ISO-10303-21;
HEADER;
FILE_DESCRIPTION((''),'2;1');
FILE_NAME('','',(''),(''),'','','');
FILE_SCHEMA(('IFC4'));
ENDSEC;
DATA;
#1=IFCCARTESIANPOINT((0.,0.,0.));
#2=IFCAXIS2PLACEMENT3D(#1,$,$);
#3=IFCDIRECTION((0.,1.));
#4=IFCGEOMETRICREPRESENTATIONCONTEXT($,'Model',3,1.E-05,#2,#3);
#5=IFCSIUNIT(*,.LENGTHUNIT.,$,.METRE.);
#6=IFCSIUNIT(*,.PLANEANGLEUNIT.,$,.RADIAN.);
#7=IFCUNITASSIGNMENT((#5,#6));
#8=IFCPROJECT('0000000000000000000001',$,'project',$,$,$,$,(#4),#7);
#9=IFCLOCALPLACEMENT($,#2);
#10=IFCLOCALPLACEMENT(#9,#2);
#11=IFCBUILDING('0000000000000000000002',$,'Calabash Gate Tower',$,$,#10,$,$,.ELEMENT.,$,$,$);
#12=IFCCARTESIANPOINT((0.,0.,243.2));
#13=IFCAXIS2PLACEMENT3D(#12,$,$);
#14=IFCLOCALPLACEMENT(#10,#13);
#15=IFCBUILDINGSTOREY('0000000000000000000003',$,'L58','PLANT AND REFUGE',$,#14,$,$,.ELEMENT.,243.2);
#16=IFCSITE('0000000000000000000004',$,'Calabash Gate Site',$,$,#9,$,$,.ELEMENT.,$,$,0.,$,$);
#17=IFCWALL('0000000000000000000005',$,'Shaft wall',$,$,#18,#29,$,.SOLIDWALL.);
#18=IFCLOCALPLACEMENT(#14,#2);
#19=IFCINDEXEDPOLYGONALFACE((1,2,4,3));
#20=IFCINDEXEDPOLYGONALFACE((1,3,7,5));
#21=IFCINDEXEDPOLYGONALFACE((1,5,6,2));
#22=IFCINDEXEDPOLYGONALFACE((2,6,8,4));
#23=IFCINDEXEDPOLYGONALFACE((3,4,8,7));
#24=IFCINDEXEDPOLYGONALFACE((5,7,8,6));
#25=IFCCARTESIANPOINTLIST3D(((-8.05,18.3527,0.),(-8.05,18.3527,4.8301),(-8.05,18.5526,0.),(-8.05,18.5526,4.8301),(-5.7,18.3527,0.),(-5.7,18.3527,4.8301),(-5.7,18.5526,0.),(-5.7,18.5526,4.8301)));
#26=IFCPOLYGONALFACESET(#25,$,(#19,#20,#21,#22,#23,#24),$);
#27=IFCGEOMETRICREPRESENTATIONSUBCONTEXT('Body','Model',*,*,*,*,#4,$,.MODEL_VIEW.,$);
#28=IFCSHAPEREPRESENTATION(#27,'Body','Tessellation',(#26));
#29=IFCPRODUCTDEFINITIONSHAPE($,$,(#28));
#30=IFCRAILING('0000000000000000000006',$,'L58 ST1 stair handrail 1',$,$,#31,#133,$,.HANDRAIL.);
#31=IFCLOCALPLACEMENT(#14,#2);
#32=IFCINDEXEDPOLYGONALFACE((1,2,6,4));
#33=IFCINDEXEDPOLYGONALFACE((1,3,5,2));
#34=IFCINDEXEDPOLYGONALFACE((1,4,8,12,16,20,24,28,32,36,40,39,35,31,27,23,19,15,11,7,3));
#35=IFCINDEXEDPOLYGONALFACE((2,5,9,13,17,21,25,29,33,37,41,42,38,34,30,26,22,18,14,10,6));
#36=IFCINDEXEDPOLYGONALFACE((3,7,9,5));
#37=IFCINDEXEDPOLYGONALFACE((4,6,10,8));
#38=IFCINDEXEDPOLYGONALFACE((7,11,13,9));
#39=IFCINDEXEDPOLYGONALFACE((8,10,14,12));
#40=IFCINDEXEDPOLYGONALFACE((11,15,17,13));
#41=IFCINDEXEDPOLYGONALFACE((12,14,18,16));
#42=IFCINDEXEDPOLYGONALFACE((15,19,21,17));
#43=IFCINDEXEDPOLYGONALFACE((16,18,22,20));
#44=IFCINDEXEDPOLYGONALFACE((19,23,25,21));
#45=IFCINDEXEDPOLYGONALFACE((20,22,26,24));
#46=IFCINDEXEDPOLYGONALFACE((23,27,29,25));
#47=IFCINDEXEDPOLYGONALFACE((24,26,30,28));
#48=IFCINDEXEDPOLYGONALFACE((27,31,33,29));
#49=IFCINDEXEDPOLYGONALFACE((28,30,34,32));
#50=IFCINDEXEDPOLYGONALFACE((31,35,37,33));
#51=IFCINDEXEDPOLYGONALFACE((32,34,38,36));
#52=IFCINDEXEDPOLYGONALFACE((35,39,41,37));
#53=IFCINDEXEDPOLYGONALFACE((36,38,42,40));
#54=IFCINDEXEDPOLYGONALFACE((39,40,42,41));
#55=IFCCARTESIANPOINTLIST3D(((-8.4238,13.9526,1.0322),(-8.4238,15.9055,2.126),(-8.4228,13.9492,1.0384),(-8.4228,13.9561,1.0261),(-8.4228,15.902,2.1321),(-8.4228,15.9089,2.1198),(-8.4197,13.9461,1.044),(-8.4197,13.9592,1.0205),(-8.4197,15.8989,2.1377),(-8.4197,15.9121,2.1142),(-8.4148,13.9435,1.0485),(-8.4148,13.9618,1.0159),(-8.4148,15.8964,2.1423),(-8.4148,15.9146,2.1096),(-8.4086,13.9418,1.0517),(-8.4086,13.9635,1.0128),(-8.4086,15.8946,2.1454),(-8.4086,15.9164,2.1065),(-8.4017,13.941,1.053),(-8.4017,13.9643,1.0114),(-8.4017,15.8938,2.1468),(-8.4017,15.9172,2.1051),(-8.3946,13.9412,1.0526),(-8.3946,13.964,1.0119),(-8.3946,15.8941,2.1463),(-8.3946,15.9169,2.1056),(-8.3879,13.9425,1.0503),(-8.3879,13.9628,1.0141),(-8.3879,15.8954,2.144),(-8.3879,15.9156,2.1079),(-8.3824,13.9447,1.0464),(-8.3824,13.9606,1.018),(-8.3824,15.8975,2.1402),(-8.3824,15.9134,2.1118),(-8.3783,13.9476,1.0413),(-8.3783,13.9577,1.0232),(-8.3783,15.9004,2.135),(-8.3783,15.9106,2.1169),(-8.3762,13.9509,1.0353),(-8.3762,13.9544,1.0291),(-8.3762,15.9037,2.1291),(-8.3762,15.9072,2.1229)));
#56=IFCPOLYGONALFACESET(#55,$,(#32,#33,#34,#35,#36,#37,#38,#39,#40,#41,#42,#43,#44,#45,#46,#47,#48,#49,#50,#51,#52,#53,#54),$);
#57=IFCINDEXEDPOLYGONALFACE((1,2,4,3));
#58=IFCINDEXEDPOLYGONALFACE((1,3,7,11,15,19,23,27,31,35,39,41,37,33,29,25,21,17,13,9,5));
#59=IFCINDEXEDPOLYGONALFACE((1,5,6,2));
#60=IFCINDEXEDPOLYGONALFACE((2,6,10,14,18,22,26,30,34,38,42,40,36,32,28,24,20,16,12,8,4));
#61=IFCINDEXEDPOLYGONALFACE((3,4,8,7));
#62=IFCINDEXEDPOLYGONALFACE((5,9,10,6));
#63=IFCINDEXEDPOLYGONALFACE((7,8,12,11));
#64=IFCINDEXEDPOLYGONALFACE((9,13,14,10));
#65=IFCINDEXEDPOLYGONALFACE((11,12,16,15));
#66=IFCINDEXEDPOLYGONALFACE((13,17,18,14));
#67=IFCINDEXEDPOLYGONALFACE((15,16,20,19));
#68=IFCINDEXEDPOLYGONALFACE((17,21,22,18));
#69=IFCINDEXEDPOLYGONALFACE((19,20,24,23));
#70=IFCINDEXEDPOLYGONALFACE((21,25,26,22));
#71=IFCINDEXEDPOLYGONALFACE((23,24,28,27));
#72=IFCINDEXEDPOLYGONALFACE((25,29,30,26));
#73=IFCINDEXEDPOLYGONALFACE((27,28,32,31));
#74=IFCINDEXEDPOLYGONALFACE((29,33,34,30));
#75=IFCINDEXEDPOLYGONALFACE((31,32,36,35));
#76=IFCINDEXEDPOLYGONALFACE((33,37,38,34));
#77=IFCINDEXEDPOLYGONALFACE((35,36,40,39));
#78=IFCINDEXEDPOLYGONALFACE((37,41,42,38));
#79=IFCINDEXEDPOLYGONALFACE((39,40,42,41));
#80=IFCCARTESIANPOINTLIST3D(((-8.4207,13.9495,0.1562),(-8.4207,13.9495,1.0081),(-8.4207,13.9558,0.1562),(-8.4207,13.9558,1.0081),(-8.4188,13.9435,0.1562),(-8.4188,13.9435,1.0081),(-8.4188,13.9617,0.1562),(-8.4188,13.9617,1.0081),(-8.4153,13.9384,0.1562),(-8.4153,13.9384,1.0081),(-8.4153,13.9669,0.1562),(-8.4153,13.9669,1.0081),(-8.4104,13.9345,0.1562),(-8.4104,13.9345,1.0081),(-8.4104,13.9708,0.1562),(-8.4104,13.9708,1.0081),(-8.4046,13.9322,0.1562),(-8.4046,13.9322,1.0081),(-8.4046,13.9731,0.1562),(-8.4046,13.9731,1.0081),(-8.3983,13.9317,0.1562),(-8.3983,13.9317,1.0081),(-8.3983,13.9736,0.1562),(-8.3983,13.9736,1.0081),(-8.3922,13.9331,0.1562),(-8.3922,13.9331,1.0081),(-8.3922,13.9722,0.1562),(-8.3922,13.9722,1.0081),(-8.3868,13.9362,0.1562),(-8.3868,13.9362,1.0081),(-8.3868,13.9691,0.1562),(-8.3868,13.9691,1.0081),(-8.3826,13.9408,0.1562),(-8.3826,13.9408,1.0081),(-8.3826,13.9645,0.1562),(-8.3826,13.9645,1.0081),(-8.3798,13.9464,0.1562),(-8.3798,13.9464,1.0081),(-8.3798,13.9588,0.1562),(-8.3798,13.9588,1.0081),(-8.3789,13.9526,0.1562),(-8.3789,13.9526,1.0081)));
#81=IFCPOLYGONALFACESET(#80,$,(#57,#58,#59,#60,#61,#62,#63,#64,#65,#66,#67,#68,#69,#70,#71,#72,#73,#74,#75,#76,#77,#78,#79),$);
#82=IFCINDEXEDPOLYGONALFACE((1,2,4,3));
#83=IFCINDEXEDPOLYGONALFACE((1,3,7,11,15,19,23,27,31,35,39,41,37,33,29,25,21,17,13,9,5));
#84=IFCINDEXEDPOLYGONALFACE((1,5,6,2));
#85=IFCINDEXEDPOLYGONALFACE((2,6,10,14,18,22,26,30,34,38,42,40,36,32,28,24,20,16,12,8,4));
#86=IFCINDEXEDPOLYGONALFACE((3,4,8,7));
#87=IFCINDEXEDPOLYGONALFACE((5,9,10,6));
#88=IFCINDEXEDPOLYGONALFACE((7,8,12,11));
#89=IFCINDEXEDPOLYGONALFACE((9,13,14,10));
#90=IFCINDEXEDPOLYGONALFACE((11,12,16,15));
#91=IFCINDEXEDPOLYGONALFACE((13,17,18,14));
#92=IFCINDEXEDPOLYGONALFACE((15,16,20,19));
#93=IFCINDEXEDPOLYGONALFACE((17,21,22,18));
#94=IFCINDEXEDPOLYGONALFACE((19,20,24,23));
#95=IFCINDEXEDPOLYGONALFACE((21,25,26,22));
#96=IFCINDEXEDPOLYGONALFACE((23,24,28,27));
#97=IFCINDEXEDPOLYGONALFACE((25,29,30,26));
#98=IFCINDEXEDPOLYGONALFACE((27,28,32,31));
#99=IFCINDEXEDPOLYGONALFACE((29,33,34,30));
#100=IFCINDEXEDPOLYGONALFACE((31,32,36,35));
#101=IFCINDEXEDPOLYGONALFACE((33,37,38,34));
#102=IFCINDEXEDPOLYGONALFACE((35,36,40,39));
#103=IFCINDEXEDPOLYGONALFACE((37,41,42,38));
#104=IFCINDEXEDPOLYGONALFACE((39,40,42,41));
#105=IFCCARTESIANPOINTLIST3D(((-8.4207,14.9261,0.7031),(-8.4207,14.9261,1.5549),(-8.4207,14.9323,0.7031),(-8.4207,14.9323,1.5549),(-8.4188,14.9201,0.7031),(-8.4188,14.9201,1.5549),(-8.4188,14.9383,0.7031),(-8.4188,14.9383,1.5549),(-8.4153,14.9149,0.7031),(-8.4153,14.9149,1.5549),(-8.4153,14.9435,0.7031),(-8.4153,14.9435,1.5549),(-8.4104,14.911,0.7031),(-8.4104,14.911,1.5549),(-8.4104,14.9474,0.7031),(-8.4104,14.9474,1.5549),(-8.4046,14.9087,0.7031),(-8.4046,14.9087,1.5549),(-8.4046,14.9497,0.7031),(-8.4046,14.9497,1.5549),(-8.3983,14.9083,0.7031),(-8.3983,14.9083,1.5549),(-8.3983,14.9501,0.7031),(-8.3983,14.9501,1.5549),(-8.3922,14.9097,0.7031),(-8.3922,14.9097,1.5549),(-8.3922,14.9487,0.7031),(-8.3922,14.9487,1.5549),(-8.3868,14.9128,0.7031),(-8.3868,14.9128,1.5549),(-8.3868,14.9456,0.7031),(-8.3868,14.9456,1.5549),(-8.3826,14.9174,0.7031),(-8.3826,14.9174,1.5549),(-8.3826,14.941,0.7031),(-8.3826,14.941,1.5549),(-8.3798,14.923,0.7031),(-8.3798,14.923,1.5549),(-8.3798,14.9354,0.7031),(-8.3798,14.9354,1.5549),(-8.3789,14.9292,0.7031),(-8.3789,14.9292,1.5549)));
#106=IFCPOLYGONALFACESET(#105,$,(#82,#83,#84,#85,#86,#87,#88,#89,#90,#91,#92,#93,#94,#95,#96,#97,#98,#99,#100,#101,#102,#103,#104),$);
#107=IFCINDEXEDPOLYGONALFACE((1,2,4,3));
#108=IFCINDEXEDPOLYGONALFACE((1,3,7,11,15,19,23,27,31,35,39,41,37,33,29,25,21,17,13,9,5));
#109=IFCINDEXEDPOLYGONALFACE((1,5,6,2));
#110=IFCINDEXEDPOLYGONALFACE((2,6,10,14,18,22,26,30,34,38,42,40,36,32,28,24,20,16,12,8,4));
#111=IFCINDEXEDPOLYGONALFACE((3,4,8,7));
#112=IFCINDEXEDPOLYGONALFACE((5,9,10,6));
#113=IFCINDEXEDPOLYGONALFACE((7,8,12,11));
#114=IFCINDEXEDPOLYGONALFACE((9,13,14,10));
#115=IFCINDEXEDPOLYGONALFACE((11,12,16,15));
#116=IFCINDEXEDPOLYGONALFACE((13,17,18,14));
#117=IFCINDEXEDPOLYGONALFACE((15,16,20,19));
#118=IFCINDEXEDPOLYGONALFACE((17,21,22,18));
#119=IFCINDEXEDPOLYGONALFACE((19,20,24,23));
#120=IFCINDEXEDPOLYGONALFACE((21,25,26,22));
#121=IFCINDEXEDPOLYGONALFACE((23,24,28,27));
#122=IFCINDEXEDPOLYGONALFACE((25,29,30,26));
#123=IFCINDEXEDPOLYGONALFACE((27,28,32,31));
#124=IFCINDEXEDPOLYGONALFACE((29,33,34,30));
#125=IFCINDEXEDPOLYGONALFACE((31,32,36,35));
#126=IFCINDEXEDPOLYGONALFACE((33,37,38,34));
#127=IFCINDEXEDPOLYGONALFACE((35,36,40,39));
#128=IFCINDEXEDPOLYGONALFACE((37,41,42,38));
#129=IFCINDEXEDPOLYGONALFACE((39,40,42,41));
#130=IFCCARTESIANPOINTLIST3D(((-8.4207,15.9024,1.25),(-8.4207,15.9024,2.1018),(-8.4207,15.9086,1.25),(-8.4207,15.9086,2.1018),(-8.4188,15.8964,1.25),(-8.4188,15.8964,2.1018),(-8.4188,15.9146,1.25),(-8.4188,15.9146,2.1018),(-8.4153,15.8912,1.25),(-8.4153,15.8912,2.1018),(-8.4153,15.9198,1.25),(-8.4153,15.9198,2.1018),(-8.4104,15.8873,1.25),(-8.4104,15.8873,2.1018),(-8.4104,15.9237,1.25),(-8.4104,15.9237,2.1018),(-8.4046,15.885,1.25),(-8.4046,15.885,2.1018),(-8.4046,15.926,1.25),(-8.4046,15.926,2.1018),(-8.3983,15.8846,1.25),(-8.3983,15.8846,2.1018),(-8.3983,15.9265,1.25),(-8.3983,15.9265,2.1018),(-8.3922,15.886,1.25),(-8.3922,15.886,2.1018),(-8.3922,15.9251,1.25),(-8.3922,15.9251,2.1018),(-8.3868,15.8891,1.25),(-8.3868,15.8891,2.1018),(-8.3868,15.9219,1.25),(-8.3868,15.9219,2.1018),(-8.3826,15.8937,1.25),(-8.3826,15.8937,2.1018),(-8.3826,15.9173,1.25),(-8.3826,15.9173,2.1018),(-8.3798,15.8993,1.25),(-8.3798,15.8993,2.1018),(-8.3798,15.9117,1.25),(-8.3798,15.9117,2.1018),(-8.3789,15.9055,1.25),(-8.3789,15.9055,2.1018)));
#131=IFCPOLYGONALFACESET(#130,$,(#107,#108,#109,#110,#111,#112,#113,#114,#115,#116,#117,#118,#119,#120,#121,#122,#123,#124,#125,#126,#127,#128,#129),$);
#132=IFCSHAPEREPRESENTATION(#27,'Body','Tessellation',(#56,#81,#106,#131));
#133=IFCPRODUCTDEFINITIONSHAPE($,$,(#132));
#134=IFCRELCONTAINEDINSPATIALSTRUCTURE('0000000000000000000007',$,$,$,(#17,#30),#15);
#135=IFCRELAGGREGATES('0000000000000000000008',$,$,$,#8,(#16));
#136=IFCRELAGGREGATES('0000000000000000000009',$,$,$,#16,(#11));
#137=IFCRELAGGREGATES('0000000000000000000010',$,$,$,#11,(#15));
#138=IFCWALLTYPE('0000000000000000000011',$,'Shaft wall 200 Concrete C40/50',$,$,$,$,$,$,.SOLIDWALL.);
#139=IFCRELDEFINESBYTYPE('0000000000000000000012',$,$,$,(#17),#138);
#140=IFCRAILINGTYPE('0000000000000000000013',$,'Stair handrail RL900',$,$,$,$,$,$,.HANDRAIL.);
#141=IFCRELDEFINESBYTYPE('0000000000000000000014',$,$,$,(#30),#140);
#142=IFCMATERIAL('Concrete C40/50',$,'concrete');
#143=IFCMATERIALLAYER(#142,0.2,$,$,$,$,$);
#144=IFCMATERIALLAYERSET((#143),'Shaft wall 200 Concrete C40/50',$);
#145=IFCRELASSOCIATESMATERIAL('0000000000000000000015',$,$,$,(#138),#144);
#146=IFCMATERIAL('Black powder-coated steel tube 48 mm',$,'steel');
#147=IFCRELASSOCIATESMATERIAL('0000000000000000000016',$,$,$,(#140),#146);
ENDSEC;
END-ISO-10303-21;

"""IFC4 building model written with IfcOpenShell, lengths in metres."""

from ifc_helpers import new_model, si_unit, direction, frame, frame_2d, origin, origin_2d, place, context, subcontext, project, spatial, rectangle, circle, extrude, material, layer, layer_set, type_object, element, save


model = new_model("IFC4")

# Units and contexts
model_context = context("Model", 3, precision=1e-05, world=origin(), true_north=direction((0.0, 1.0)))
body_context = subcontext(model_context, "Body", "Model", "MODEL_VIEW")
ifc_project = project(units=[si_unit("LENGTHUNIT", "METRE"), si_unit("PLANEANGLEUNIT", "RADIAN")], contexts=[model_context])

# Site, building, storey
site_placement = place(None, origin())
site = spatial("IfcSite", under=ifc_project, at=site_placement, Name="Calabash Gate Site", CompositionType="ELEMENT", RefElevation=0.0)
building_placement = place(site_placement, origin())
building = spatial("IfcBuilding", under=site, at=building_placement, Name="Calabash Gate Tower", CompositionType="ELEMENT")
storey_placement = place(building_placement, frame((0.0, 0.0, 243.2)))
storey = spatial("IfcBuildingStorey", under=building, at=storey_placement, Name="L58", Description="PLANT AND REFUGE", CompositionType="ELEMENT", Elevation=243.2)

# Shared definitions
ifc_material_1 = material(Name="Concrete C40/50", Category="concrete")
ifc_layer_1 = layer(ifc_material_1, 0.2)
ifc_layer_set_1 = layer_set([ifc_layer_1], Name="Shaft wall 200 Concrete C40/50")
wall_type_1 = type_object("IfcWallType", Name="Shaft wall 200 Concrete C40/50", PredefinedType="SOLIDWALL", material=ifc_layer_set_1)

# Wall
wall_1_placement = place(storey_placement, frame((-8.05, 18.4526, 0.0), z_axis=(0.0, 0.0, 1.0), x_axis=(1.0, 0.0, 0.0)))
element("IfcWall", 1, at=wall_1_placement, inside=storey, type_object=wall_type_1, Name="Shaft wall", PredefinedType="SOLIDWALL", context=body_context, shape_type="SweptSolid", body=[
    extrude(rectangle(XDim=2.3501, YDim=0.2, at=frame_2d((1.175, 0.0))), origin(), (0.0, 0.0, 1.0), 4.8301),
])

# Railing
ifc_material_2 = material(Name="Black powder-coated steel tube 48 mm", Category="steel")
railing_type_1 = type_object("IfcRailingType", Name="Stair handrail RL900", PredefinedType="HANDRAIL", material=ifc_material_2)
railing_1_placement = place(storey_placement, frame((-8.3999, 13.9526, 0.1562)))
element("IfcRailing", 2, at=railing_1_placement, inside=storey, type_object=railing_type_1, Name="L58 ST1 stair handrail 1", PredefinedType="HANDRAIL", context=body_context, shape_type="SweptSolid", body=[
    extrude(circle(Radius=0.0239, at=origin_2d()), frame((0.0, 0.0, 0.876), z_axis=(0.0, 0.87248, 0.48865), x_axis=(-1.0, 0.0, 0.0)), (0.0, 0.0, 1.0), 2.2383),
    extrude(circle(Radius=0.021, at=origin_2d()), origin(), (0.0, 0.0, 1.0), 0.8518),
    extrude(circle(Radius=0.021, at=origin_2d()), frame((0.0, 0.9766, 0.5469)), (0.0, 0.0, 1.0), 0.8518),
    extrude(circle(Radius=0.021, at=origin_2d()), frame((0.0, 1.9529, 1.0938)), (0.0, 0.0, 1.0), 0.8518),
])

save(model, "model.ifc")
